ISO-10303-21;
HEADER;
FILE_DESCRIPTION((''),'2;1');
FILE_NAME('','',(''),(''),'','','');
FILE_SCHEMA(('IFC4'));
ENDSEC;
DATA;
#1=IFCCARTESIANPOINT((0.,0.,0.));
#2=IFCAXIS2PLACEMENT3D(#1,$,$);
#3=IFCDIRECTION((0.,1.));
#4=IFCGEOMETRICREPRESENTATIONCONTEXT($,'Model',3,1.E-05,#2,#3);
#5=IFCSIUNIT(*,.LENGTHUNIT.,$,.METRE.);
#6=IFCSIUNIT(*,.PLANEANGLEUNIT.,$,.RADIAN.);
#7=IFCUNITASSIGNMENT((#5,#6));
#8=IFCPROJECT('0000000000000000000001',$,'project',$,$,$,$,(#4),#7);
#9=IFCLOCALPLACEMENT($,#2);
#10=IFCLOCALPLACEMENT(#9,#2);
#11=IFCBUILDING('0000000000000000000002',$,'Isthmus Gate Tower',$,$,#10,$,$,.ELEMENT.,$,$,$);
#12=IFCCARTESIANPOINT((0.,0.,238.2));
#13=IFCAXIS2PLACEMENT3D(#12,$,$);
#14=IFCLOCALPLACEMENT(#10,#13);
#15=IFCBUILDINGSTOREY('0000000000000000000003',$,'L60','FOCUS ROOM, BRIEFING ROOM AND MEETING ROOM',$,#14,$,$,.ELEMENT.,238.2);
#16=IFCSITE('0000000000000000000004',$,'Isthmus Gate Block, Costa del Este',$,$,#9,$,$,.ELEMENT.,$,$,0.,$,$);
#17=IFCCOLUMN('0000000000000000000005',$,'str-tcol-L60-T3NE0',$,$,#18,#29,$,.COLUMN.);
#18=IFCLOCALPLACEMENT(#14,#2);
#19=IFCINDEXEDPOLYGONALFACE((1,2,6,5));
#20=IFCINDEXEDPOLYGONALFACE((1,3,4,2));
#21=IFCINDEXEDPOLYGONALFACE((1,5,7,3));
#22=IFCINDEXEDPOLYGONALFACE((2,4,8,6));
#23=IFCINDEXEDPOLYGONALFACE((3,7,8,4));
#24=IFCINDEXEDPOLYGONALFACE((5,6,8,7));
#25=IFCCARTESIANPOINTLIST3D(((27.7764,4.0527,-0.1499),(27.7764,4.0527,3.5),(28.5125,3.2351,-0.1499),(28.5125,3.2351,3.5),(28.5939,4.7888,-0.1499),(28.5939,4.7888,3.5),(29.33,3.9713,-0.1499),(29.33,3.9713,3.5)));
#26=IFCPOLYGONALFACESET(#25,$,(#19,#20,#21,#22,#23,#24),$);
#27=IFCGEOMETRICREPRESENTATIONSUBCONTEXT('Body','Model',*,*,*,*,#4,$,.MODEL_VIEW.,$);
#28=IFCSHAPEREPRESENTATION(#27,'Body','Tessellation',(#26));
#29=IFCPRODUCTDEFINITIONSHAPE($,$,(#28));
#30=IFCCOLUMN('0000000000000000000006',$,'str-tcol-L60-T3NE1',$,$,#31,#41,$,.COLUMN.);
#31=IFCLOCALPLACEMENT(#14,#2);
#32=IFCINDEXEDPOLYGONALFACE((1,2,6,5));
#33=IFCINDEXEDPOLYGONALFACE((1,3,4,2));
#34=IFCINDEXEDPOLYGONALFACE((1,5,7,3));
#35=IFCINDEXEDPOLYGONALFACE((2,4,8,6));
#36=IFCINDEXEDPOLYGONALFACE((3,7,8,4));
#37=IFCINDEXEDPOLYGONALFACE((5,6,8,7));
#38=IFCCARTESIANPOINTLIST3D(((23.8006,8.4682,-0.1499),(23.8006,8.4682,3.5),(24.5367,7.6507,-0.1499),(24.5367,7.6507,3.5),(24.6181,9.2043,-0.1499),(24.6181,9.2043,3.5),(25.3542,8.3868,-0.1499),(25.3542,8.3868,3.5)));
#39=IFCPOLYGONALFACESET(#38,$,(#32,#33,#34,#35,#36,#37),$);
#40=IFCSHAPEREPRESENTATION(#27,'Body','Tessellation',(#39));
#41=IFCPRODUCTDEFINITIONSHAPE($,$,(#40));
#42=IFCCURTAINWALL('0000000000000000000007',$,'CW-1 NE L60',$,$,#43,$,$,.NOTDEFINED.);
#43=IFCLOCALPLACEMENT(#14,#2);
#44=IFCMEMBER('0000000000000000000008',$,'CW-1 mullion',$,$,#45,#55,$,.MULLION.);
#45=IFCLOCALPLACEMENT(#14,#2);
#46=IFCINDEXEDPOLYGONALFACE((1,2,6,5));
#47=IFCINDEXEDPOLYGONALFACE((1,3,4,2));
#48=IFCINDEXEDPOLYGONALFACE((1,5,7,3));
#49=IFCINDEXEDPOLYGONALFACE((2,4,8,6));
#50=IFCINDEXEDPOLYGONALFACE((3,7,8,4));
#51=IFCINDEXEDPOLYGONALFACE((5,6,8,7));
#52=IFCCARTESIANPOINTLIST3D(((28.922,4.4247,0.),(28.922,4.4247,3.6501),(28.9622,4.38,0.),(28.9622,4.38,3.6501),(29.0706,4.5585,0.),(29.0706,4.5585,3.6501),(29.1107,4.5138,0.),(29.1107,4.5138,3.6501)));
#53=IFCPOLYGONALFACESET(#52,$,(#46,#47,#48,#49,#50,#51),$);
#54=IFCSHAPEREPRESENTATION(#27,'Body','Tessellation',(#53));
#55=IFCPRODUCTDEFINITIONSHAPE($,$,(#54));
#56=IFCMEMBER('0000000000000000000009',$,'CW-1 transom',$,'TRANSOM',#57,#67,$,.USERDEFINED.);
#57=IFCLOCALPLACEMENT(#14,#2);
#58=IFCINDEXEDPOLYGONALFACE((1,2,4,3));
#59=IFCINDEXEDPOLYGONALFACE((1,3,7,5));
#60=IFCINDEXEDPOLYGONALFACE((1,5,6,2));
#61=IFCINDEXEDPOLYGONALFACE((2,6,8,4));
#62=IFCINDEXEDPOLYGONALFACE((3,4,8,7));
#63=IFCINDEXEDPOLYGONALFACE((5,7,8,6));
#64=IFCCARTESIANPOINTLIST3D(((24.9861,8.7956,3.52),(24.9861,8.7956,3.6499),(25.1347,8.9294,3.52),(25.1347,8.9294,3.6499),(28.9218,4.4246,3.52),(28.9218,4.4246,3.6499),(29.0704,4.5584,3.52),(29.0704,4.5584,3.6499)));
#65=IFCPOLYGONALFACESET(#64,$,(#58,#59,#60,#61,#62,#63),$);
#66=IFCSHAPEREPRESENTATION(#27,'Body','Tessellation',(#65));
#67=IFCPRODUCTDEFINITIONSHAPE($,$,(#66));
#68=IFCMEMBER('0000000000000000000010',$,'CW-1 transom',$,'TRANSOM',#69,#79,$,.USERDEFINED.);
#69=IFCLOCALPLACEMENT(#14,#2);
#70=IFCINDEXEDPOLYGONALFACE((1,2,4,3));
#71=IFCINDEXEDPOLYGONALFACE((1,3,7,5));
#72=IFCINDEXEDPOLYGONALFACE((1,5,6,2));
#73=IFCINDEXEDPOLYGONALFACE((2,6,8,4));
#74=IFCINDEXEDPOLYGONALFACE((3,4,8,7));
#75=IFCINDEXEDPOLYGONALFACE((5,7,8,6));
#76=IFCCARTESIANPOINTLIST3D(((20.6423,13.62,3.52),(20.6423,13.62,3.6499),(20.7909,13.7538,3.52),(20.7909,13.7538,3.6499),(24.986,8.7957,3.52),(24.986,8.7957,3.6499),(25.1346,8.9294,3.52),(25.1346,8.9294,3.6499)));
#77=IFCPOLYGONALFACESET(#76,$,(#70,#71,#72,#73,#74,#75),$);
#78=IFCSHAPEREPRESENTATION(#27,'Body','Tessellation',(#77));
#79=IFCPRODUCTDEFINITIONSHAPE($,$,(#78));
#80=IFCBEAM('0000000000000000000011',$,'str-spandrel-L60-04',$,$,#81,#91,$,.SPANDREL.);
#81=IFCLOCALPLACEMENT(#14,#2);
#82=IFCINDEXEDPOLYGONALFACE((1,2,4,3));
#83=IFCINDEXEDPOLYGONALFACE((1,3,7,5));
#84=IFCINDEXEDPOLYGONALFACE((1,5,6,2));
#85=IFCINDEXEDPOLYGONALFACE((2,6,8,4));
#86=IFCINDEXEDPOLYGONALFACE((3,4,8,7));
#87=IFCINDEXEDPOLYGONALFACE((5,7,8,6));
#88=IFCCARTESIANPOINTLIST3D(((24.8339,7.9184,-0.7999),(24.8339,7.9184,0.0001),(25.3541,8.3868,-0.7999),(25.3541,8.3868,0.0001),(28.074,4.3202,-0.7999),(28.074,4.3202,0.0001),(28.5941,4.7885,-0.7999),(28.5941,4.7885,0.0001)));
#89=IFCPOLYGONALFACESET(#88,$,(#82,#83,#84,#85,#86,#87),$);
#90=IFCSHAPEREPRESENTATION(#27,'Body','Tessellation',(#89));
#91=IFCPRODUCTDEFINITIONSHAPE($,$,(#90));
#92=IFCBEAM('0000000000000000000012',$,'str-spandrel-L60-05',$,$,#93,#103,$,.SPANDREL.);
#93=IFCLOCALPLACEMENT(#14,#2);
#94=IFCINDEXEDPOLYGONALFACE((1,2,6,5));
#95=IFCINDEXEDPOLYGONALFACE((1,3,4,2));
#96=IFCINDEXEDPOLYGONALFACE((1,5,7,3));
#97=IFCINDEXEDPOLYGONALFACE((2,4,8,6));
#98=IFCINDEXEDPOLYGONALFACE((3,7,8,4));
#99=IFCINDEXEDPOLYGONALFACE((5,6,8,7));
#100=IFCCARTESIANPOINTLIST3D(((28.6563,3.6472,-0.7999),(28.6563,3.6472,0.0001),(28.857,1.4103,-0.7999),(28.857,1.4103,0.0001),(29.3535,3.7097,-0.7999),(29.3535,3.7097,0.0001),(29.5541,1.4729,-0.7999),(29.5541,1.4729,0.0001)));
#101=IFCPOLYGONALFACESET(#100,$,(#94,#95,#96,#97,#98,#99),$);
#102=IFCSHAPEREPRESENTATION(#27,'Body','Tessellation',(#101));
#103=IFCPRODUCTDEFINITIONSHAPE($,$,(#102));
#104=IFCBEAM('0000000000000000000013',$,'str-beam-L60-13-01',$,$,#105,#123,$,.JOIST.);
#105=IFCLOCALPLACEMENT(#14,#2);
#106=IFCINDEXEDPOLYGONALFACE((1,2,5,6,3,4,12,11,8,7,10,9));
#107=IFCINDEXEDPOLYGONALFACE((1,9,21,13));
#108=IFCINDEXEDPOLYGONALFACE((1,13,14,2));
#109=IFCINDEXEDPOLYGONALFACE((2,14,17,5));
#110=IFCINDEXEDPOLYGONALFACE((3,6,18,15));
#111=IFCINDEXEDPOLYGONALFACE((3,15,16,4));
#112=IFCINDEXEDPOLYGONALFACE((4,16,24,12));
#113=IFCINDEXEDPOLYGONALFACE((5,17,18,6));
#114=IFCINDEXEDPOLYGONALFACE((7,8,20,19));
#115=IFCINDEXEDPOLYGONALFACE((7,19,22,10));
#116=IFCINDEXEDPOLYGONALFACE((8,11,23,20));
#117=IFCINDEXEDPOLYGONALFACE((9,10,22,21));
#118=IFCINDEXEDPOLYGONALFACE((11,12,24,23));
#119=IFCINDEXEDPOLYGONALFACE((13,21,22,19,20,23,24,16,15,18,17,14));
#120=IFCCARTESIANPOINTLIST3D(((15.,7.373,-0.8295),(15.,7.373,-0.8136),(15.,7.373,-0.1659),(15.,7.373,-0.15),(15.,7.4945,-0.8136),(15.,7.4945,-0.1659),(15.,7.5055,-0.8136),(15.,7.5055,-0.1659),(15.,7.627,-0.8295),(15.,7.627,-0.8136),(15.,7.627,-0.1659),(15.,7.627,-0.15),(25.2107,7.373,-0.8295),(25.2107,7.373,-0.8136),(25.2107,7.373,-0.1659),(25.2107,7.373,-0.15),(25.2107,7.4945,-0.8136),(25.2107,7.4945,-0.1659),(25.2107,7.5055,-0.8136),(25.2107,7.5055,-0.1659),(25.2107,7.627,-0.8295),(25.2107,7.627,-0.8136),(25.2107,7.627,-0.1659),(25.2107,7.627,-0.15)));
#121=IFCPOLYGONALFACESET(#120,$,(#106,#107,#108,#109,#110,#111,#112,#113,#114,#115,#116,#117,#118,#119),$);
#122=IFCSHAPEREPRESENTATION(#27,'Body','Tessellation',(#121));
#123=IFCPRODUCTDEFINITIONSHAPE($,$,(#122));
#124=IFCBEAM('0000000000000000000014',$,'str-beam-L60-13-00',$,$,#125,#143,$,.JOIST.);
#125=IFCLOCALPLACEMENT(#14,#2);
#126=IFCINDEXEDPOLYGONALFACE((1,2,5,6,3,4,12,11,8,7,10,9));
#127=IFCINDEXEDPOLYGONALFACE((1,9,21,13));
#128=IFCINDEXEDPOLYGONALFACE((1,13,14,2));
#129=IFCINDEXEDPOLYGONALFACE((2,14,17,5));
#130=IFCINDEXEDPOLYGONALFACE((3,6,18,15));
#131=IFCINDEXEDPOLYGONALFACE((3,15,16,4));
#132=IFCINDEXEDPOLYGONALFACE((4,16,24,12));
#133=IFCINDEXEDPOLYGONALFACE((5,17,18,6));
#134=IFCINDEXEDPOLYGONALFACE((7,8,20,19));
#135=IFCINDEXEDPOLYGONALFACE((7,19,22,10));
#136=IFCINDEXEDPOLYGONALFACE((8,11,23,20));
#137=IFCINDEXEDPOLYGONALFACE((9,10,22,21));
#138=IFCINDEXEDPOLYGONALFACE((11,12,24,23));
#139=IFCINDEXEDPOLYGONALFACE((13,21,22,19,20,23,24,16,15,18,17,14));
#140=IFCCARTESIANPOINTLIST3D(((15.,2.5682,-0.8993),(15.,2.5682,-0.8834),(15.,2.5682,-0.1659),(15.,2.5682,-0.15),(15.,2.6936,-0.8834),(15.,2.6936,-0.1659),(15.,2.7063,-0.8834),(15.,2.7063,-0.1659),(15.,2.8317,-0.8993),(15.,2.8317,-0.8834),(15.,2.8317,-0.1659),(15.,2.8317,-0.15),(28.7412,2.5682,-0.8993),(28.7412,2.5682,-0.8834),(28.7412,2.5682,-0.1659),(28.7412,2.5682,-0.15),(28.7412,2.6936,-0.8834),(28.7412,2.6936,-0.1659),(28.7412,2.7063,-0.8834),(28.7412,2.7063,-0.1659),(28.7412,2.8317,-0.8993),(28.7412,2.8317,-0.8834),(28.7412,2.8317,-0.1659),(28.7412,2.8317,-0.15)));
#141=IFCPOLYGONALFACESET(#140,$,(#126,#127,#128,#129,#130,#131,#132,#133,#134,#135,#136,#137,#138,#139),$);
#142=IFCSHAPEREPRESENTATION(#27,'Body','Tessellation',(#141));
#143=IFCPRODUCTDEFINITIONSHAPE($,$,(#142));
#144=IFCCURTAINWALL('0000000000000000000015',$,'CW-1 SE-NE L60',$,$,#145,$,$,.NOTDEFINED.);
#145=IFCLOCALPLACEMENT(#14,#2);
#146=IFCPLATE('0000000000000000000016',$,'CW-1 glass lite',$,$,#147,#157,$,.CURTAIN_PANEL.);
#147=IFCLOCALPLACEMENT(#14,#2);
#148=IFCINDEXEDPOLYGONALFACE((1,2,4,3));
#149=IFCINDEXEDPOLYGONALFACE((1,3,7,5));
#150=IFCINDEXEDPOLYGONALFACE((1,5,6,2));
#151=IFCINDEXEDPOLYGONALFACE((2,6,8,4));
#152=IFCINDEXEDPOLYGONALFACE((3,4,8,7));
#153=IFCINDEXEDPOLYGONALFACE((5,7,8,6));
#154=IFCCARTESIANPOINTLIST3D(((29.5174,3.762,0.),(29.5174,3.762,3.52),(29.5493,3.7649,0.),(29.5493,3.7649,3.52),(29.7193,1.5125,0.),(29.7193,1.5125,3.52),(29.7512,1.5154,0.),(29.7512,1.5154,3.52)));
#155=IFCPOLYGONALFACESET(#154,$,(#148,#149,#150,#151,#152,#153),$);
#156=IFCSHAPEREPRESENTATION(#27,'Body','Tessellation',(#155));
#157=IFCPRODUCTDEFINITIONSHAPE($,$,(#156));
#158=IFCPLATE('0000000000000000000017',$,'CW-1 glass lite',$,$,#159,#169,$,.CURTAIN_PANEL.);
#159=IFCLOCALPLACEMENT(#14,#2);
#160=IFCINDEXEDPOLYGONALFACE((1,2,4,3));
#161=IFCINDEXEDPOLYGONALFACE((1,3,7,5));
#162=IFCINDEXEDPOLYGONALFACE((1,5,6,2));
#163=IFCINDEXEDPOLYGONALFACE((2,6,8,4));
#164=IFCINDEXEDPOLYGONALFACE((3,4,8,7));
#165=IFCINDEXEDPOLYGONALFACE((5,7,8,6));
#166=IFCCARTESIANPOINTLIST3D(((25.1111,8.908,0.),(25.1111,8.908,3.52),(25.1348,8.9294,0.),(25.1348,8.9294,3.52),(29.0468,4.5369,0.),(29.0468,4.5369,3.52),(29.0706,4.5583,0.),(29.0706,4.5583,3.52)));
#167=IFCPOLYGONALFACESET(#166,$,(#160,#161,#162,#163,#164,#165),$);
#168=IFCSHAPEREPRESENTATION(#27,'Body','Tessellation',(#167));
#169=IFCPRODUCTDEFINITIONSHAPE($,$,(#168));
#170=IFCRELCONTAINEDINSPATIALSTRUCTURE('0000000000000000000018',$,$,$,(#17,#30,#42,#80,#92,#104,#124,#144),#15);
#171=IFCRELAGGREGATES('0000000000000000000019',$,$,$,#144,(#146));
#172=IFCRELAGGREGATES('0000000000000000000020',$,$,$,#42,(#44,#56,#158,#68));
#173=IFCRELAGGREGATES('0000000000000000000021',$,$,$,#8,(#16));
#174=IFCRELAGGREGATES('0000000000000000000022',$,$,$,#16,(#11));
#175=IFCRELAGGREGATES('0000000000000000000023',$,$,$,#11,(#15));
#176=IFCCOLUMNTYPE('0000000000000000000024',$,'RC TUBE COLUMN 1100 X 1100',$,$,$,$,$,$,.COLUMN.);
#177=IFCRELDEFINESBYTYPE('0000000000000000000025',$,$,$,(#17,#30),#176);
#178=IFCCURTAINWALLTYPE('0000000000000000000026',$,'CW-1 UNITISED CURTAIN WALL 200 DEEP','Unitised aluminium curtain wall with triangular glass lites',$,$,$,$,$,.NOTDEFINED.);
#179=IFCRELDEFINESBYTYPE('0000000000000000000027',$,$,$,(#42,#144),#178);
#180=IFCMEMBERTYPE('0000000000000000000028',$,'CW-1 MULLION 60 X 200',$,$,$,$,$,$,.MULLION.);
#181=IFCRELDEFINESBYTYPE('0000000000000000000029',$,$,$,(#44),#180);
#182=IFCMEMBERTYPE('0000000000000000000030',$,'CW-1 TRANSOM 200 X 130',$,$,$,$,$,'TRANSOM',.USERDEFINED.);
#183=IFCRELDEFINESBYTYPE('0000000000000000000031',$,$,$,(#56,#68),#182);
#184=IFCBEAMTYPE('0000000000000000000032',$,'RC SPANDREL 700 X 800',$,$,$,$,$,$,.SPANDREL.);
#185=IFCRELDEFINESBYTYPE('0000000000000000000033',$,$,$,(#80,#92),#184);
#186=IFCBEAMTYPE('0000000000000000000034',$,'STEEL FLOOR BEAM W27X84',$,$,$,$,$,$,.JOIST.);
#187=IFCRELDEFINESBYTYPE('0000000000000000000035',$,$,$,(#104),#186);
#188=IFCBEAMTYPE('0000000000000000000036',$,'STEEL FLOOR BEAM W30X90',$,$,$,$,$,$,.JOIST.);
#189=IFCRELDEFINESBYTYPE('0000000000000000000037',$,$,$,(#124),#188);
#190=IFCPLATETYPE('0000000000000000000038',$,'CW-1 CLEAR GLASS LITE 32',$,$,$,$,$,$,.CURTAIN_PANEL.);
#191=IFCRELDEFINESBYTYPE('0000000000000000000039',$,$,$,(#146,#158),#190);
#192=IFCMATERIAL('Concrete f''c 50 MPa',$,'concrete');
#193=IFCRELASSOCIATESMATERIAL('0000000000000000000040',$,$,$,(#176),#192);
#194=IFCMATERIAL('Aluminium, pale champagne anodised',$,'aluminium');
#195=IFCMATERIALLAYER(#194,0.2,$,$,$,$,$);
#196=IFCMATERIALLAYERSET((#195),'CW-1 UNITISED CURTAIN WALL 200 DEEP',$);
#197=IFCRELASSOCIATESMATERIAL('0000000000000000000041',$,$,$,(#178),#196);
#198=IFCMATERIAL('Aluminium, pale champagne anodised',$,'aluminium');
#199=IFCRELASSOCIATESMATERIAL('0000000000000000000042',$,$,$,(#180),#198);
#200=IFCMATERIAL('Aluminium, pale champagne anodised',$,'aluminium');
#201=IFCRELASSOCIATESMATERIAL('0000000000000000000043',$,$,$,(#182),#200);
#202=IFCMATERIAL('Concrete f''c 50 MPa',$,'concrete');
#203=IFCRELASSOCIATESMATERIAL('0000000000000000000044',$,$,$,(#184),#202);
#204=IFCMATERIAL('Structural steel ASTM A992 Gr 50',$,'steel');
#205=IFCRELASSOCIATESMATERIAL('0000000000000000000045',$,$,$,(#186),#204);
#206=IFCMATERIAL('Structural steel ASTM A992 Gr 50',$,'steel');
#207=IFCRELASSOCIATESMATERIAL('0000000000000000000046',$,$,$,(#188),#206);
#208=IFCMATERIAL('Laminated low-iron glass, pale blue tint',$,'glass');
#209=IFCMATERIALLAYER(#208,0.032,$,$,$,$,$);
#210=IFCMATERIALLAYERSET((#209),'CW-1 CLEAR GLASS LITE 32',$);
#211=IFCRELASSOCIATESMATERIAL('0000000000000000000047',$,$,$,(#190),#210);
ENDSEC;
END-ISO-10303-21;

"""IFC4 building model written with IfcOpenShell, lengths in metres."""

from ifc_helpers import new_model, si_unit, direction, frame, origin, origin_2d, place, context, subcontext, project, spatial, rectangle, i_section, extrude, material, layer, layer_set, material_profile, profile_set, type_object, element, aggregate, save


model = new_model("IFC4")

# Units and contexts
model_context = context("Model", 3, precision=1e-05, world=origin(), true_north=direction((0.0, 1.0)))
body_context = subcontext(model_context, "Body", "Model", "MODEL_VIEW")
ifc_project = project(units=[si_unit("LENGTHUNIT", "METRE"), si_unit("PLANEANGLEUNIT", "RADIAN")], contexts=[model_context])

# Site, building, storey
site_placement = place(None, origin())
site = spatial("IfcSite", under=ifc_project, at=site_placement, Name="Isthmus Gate Block, Costa del Este", CompositionType="ELEMENT", RefElevation=0.0)
building_placement = place(site_placement, origin())
building = spatial("IfcBuilding", under=site, at=building_placement, Name="Isthmus Gate Tower", CompositionType="ELEMENT")
storey_placement = place(building_placement, frame((0.0, 0.0, 238.2)))
storey = spatial("IfcBuildingStorey", under=building, at=storey_placement, Name="L60", Description="FOCUS ROOM, BRIEFING ROOM AND MEETING ROOM", CompositionType="ELEMENT", Elevation=238.2)

# Columns
ifc_material_1 = material(Name="Concrete f'c 50 MPa", Category="concrete")
ifc_material_profile_1 = material_profile(ifc_material_1, rectangle(XDim=1.1001, YDim=1.1001, at=origin_2d()), Name="RC 1100X1100")
ifc_profile_set_1 = profile_set([ifc_material_profile_1], Name="Concrete f'c 50 MPa")
column_type = type_object("IfcColumnType", Name="RC TUBE COLUMN 1100 X 1100", PredefinedType="COLUMN", material=ifc_profile_set_1)
for number, where, z_axis, x_axis, name in (
    (1, (28.5532, 4.012, -0.1499), (0.0, 0.0, 1.0), (-0.669131, 0.743145, 0.0), "str-tcol-L60-T3NE0"),
    (2, (24.5774, 8.4275, -0.1499), (0.0, 0.0, 1.0), (-0.669131, 0.743145, 0.0), "str-tcol-L60-T3NE1"),
):
    element("IfcColumn", number, at=place(storey_placement, frame(where, z_axis=z_axis, x_axis=x_axis)), inside=storey, type_object=column_type, Name=name, PredefinedType="COLUMN", context=body_context, shape_type="SweptSolid", body=[
        extrude(rectangle(XDim=1.1001, YDim=1.1001, at=origin_2d()), origin(), (0.0, 0.0, 1.0), 3.6499),
    ])

# Curtain wall, members
ifc_material_2 = material(Name="Aluminium, pale champagne anodised", Category="aluminium")
ifc_layer_1 = layer(ifc_material_2, 0.2)
ifc_layer_set_1 = layer_set([ifc_layer_1], Name="CW-1 UNITISED CURTAIN WALL 200 DEEP")
curtain_wall_type = type_object("IfcCurtainWallType", Name="CW-1 UNITISED CURTAIN WALL 200 DEEP", Description="Unitised aluminium curtain wall with triangular glass lites", PredefinedType="NOTDEFINED", material=ifc_layer_set_1)
curtain_wall_1_placement = place(storey_placement, origin())
curtain_wall_1 = element("IfcCurtainWall", 3, at=curtain_wall_1_placement, inside=storey, type_object=curtain_wall_type, Name="CW-1 NE L60", PredefinedType="NOTDEFINED")
ifc_material_3 = material(Name="Aluminium, pale champagne anodised", Category="aluminium")
ifc_material_profile_2 = material_profile(ifc_material_3, rectangle(XDim=0.0601, YDim=0.2, at=origin_2d()), Name="60x200")
ifc_profile_set_2 = profile_set([ifc_material_profile_2], Name="Aluminium, pale champagne anodised")
member_type_1 = type_object("IfcMemberType", Name="CW-1 MULLION 60 X 200", PredefinedType="MULLION", material=ifc_profile_set_2)
member_1_placement = place(storey_placement, frame((29.0164, 4.4692, 0.0), z_axis=(0.0, 0.0, 1.0), x_axis=(-0.669131, 0.743145, 0.0)))
member_1 = element("IfcMember", 4, at=member_1_placement, type_object=member_type_1, Name="CW-1 mullion", PredefinedType="MULLION", context=body_context, shape_type="SweptSolid", body=[
    extrude(rectangle(XDim=0.0601, YDim=0.2, at=origin_2d()), origin(), (0.0, 0.0, 1.0), 3.6501),
])
ifc_material_4 = material(Name="Aluminium, pale champagne anodised", Category="aluminium")
ifc_material_profile_3 = material_profile(ifc_material_4, rectangle(XDim=0.2, YDim=0.1299, at=origin_2d()), Name="200x130")
ifc_profile_set_3 = profile_set([ifc_material_profile_3], Name="Aluminium, pale champagne anodised")
member_type_2 = type_object("IfcMemberType", Name="CW-1 TRANSOM 200 X 130", ElementType="TRANSOM", PredefinedType="USERDEFINED", material=ifc_profile_set_3)
member_2_placement = place(storey_placement, frame((28.9961, 4.4915, 3.585), z_axis=(-0.669134, 0.743141, 0.0), x_axis=(-0.743141, -0.669134, 0.0)))
member_2 = element("IfcMember", 5, at=member_2_placement, type_object=member_type_2, Name="CW-1 transom", ObjectType="TRANSOM", PredefinedType="USERDEFINED", context=body_context, shape_type="SweptSolid", body=[
    extrude(rectangle(XDim=0.2, YDim=0.1299, at=origin_2d()), origin(), (0.0, 0.0, 1.0), 5.8818),
])
member_3_placement = place(storey_placement, frame((25.0603, 8.8625, 3.585), z_axis=(-0.669112, 0.743161, 0.0), x_axis=(-0.743161, -0.669112, 0.0)))
member_3 = element("IfcMember", 6, at=member_3_placement, type_object=member_type_2, Name="CW-1 transom", ObjectType="TRANSOM", PredefinedType="USERDEFINED", context=body_context, shape_type="SweptSolid", body=[
    extrude(rectangle(XDim=0.2, YDim=0.1299, at=origin_2d()), origin(), (0.0, 0.0, 1.0), 6.4917),
])

# Beams
ifc_material_5 = material(Name="Concrete f'c 50 MPa", Category="concrete")
ifc_material_profile_4 = material_profile(ifc_material_5, rectangle(XDim=0.7, YDim=0.8, at=origin_2d()), Name="RC 700X800")
ifc_profile_set_4 = profile_set([ifc_material_profile_4], Name="Concrete f'c 50 MPa")
beam_type_1 = type_object("IfcBeamType", Name="RC SPANDREL 700 X 800", PredefinedType="SPANDREL", material=ifc_profile_set_4)
beam_1_placement = place(storey_placement, frame((25.094, 8.1526, -0.3999), z_axis=(0.669154, -0.743124, 0.0), x_axis=(0.743124, 0.669154, 0.0)))
element("IfcBeam", 7, at=beam_1_placement, inside=storey, type_object=beam_type_1, Name="str-spandrel-L60-04", PredefinedType="SPANDREL", context=body_context, shape_type="SweptSolid", body=[
    extrude(rectangle(XDim=0.7, YDim=0.8, at=origin_2d()), origin(), (0.0, 0.0, 1.0), 4.842),
])
beam_2_placement = place(storey_placement, frame((29.0049, 3.6785, -0.3999), z_axis=(0.089359, -0.995999, 0.0), x_axis=(0.995999, 0.089359, 0.0)))
element("IfcBeam", 8, at=beam_2_placement, inside=storey, type_object=beam_type_1, Name="str-spandrel-L60-05", PredefinedType="SPANDREL", context=body_context, shape_type="SweptSolid", body=[
    extrude(rectangle(XDim=0.7, YDim=0.8, at=origin_2d()), origin(), (0.0, 0.0, 1.0), 2.2458),
])
ifc_material_6 = material(Name="Structural steel ASTM A992 Gr 50", Category="steel")
ifc_material_profile_5 = material_profile(ifc_material_6, i_section(OverallWidth=0.2539, OverallDepth=0.6794, WebThickness=0.011, FlangeThickness=0.0159, at=origin_2d()), Name="W27X84")
ifc_profile_set_5 = profile_set([ifc_material_profile_5], Name="Structural steel ASTM A992 Gr 50")
beam_type_2 = type_object("IfcBeamType", Name="STEEL FLOOR BEAM W27X84", PredefinedType="JOIST", material=ifc_profile_set_5)
beam_3_placement = place(storey_placement, frame((15.0, 7.5, -0.4897), z_axis=(1.0, 0.0, 0.0), x_axis=(0.0, 1.0, 0.0)))
element("IfcBeam", 9, at=beam_3_placement, inside=storey, type_object=beam_type_2, Name="str-beam-L60-13-01", PredefinedType="JOIST", context=body_context, shape_type="SweptSolid", body=[
    extrude(i_section(OverallWidth=0.2539, OverallDepth=0.6794, WebThickness=0.011, FlangeThickness=0.0159, at=origin_2d()), origin(), (0.0, 0.0, 1.0), 10.2107),
])
ifc_material_7 = material(Name="Structural steel ASTM A992 Gr 50", Category="steel")
ifc_material_profile_6 = material_profile(ifc_material_7, i_section(OverallWidth=0.2634, OverallDepth=0.7493, WebThickness=0.0127, FlangeThickness=0.0159, at=origin_2d()), Name="W30X90")
ifc_profile_set_6 = profile_set([ifc_material_profile_6], Name="Structural steel ASTM A992 Gr 50")
beam_type_3 = type_object("IfcBeamType", Name="STEEL FLOOR BEAM W30X90", PredefinedType="JOIST", material=ifc_profile_set_6)
beam_4_placement = place(storey_placement, frame((15.0, 2.7, -0.5247), z_axis=(1.0, 0.0, 0.0), x_axis=(0.0, 1.0, 0.0)))
element("IfcBeam", 10, at=beam_4_placement, inside=storey, type_object=beam_type_3, Name="str-beam-L60-13-00", PredefinedType="JOIST", context=body_context, shape_type="SweptSolid", body=[
    extrude(i_section(OverallWidth=0.2634, OverallDepth=0.7493, WebThickness=0.0127, FlangeThickness=0.0159, at=origin_2d()), origin(), (0.0, 0.0, 1.0), 13.7412),
])

# Curtain wall, plate
curtain_wall_2_placement = place(storey_placement, origin())
curtain_wall_2 = element("IfcCurtainWall", 11, at=curtain_wall_2_placement, inside=storey, type_object=curtain_wall_type, Name="CW-1 SE-NE L60", PredefinedType="NOTDEFINED")
ifc_material_8 = material(Name="Laminated low-iron glass, pale blue tint", Category="glass")
ifc_layer_2 = layer(ifc_material_8, 0.032)
ifc_layer_set_2 = layer_set([ifc_layer_2], Name="CW-1 CLEAR GLASS LITE 32")
plate_type = type_object("IfcPlateType", Name="CW-1 CLEAR GLASS LITE 32", PredefinedType="CURTAIN_PANEL", material=ifc_layer_set_2)
plate_1_placement = place(storey_placement, frame((29.6343, 2.6387, 0.0), z_axis=(0.0, 0.0, 1.0), x_axis=(-0.089397, 0.995996, 0.0)))
plate_1 = element("IfcPlate", 12, at=plate_1_placement, type_object=plate_type, Name="CW-1 glass lite", PredefinedType="CURTAIN_PANEL", context=body_context, shape_type="SweptSolid", body=[
    extrude(rectangle(XDim=2.2585, YDim=0.032, at=origin_2d()), origin(), (0.0, 0.0, 1.0), 3.52),
])
aggregate(curtain_wall_2, [plate_1])

# Plate
plate_2_placement = place(storey_placement, frame((27.0908, 6.7332, 0.0), z_axis=(0.0, 0.0, 1.0), x_axis=(-0.669131, 0.743145, 0.0)))
plate_2 = element("IfcPlate", 13, at=plate_2_placement, type_object=plate_type, Name="CW-1 glass lite", PredefinedType="CURTAIN_PANEL", context=body_context, shape_type="SweptSolid", body=[
    extrude(rectangle(XDim=5.8818, YDim=0.032, at=origin_2d()), origin(), (0.0, 0.0, 1.0), 3.52),
])
aggregate(curtain_wall_1, [member_1, member_2, plate_2, member_3])

save(model, "model.ifc")
